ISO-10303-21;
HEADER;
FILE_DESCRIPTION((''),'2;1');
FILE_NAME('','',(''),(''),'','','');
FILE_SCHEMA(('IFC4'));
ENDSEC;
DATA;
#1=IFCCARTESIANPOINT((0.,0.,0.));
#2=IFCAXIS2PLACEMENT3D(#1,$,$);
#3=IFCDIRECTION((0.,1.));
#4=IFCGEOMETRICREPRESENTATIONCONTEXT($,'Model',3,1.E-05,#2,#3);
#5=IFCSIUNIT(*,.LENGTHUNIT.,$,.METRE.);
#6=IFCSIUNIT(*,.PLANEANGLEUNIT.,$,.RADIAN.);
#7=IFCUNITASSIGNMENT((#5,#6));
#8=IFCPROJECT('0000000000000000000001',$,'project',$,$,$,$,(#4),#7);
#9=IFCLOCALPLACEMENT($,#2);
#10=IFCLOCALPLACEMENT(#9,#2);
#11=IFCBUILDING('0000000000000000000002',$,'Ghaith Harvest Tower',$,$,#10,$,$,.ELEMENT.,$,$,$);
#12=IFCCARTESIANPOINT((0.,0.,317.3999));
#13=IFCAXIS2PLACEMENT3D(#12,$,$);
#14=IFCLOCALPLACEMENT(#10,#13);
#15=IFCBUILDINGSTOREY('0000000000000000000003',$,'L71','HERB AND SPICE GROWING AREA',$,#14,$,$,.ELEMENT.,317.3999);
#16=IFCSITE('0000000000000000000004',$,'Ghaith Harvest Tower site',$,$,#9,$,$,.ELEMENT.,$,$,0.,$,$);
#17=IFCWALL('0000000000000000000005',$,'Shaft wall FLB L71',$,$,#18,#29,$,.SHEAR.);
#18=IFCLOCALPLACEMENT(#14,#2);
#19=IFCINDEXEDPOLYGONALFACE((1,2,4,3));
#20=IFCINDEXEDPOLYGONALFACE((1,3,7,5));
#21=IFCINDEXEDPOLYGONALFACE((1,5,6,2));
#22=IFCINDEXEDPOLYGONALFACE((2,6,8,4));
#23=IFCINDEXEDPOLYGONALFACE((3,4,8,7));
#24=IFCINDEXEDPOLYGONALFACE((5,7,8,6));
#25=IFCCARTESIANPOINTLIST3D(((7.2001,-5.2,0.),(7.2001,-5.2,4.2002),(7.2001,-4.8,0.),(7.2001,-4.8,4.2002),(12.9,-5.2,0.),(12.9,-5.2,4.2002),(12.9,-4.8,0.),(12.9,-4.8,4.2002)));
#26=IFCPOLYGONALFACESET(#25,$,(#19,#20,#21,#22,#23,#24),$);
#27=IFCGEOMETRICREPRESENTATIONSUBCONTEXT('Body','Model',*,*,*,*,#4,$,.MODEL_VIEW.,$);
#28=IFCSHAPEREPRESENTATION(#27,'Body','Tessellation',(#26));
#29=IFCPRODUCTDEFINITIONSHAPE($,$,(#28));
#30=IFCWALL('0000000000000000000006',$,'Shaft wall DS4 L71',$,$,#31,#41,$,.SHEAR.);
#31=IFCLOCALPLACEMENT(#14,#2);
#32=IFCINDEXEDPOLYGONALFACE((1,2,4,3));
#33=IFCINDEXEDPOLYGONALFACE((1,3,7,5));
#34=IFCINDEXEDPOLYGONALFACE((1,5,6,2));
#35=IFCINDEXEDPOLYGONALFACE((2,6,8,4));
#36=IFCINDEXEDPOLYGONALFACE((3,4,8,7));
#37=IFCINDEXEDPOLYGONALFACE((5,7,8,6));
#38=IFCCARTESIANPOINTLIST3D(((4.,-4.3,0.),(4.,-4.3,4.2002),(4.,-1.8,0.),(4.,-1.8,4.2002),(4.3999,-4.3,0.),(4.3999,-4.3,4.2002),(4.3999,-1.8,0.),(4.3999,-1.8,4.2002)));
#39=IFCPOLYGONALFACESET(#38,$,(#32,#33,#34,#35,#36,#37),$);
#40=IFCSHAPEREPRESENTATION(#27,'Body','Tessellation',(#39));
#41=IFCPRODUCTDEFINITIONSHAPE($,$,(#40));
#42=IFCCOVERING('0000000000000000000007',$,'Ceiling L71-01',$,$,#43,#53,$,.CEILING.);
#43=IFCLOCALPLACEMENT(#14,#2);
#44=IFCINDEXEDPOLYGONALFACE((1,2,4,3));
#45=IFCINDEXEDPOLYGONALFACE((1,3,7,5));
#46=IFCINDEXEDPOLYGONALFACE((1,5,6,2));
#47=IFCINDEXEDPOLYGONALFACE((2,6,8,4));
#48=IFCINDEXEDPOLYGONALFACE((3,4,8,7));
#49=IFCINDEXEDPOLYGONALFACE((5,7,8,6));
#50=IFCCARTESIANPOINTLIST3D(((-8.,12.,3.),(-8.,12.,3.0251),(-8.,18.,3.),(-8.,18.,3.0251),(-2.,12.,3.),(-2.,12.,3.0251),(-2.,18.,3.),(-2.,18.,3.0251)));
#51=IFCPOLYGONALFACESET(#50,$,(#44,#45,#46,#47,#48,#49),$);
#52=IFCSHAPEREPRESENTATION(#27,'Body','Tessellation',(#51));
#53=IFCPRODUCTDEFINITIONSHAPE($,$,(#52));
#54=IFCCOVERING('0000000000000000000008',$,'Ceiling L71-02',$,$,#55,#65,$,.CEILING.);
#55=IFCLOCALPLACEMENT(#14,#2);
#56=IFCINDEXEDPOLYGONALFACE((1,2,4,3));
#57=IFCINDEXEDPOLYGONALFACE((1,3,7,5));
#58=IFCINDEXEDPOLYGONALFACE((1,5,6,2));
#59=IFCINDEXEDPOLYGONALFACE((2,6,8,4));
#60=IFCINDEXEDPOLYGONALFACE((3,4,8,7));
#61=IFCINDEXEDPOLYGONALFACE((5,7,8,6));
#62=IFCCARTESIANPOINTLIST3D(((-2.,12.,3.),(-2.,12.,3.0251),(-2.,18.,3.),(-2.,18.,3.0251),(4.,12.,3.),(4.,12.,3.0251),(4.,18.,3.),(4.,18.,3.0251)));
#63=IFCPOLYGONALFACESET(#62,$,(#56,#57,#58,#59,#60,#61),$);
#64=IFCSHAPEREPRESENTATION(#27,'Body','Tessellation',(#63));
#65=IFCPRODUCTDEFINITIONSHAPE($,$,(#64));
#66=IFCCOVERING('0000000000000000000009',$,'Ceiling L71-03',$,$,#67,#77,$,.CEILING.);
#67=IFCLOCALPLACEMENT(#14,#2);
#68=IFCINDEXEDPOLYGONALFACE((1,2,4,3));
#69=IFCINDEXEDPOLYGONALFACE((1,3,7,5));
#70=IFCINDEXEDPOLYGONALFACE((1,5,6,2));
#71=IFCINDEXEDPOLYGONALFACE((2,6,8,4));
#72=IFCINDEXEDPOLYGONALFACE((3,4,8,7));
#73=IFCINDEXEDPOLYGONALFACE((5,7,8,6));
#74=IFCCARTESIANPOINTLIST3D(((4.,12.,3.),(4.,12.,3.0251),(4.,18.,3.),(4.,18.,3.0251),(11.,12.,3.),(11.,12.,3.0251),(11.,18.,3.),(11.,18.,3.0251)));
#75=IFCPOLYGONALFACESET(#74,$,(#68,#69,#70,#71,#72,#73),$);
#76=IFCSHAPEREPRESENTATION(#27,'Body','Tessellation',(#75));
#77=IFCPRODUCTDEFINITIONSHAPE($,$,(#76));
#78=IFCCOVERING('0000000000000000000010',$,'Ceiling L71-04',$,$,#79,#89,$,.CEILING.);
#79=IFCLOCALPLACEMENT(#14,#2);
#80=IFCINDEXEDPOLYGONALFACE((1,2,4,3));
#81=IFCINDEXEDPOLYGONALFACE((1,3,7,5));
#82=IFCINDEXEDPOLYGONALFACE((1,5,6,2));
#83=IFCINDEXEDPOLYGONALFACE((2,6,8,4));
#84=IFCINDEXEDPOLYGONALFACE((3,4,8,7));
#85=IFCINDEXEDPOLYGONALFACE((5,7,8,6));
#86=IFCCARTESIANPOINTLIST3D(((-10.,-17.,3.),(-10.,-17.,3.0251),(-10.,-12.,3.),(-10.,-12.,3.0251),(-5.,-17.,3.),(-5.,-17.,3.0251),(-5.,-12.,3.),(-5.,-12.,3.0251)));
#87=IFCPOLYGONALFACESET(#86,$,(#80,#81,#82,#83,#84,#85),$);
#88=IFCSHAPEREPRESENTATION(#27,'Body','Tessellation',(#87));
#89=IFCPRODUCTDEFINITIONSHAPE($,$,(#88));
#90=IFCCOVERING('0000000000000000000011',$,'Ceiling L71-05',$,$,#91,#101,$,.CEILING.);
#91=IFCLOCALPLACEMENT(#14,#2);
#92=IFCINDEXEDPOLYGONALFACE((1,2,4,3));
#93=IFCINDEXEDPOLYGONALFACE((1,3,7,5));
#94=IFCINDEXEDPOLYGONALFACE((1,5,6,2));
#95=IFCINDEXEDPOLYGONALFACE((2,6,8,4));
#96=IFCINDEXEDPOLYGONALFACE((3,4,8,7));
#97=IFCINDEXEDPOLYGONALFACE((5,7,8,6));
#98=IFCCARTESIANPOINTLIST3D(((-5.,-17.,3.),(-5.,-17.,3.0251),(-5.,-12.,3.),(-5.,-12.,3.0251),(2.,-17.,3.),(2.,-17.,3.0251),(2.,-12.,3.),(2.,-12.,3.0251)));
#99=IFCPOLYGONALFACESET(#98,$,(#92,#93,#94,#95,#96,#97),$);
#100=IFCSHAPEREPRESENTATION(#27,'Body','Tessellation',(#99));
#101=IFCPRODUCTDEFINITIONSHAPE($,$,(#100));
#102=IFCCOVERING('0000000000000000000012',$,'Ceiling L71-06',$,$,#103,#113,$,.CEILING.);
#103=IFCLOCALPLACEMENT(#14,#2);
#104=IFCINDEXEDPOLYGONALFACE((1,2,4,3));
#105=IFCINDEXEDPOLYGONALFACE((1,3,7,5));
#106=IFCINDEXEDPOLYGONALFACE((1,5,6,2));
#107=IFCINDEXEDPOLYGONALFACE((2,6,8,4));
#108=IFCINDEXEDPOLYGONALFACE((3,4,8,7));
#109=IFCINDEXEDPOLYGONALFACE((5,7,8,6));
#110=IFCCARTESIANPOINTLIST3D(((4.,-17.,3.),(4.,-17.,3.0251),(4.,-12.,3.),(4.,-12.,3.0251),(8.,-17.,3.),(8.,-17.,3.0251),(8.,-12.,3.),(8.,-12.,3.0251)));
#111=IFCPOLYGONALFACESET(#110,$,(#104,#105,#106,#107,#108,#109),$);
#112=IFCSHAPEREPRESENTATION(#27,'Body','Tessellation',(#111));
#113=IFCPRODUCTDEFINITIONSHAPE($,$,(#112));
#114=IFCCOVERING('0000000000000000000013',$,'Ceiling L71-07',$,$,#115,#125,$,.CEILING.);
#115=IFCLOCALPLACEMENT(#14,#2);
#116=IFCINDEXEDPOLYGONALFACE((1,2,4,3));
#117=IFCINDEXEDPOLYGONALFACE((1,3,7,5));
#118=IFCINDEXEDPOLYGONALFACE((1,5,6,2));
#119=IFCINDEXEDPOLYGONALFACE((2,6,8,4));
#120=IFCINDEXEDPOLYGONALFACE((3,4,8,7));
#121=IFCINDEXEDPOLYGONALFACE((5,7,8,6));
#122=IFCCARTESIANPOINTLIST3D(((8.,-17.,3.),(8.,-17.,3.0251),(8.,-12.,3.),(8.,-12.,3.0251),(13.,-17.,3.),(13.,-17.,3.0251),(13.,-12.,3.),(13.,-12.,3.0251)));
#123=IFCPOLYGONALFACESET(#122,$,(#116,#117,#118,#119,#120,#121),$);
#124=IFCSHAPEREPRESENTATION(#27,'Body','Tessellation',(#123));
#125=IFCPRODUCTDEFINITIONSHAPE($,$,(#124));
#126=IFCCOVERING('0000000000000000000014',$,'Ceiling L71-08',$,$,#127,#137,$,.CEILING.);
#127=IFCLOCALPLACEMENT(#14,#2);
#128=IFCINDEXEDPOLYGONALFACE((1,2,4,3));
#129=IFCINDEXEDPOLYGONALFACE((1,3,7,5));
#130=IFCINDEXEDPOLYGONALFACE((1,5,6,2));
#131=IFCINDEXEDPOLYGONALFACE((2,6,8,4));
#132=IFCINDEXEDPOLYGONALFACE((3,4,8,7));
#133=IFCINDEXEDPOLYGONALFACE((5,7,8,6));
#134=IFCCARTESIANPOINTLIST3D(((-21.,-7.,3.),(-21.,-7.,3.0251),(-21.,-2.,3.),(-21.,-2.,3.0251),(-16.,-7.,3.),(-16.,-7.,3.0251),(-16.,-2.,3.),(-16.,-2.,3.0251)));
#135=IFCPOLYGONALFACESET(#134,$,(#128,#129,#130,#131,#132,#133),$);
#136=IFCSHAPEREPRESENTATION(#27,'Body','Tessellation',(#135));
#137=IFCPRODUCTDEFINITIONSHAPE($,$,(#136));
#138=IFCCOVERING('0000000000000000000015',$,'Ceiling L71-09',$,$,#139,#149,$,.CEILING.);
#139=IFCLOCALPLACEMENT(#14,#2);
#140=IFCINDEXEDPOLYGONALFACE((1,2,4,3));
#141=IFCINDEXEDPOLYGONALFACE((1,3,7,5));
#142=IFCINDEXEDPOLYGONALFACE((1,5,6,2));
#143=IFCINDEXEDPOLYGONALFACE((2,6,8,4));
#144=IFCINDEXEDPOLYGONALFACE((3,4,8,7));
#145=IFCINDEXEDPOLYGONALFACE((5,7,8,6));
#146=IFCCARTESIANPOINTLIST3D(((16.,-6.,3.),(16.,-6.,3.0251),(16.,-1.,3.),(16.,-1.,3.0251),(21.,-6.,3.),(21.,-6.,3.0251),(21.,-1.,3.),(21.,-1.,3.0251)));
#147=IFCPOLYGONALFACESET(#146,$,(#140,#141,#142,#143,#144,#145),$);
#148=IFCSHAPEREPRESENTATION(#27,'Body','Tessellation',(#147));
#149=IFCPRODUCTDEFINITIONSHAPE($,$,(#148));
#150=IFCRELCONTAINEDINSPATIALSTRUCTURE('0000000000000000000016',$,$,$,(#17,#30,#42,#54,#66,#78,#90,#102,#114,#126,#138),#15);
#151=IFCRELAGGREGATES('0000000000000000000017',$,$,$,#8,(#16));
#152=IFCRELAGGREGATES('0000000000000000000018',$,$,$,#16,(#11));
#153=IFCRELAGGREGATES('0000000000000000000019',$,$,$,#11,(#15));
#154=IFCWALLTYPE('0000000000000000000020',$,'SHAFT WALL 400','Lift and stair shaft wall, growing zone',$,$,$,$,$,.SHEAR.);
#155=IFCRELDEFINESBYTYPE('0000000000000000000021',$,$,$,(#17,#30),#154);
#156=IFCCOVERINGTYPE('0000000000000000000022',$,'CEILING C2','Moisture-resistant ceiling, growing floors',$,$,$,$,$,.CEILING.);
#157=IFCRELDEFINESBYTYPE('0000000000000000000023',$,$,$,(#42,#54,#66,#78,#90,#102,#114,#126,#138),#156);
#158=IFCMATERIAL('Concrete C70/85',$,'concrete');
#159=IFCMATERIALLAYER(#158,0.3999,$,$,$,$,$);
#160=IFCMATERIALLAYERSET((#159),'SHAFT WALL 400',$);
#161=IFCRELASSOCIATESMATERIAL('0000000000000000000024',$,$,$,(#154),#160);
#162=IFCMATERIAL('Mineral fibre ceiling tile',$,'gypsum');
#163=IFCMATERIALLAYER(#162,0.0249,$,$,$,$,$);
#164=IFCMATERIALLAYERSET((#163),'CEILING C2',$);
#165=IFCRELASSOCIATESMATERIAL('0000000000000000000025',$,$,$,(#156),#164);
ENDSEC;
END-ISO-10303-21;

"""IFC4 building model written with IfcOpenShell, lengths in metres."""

from ifc_helpers import new_model, si_unit, direction, frame, frame_2d, origin, place, context, subcontext, project, spatial, polyline, rectangle, outline, extrude, material, layer, layer_set, type_object, element, save


model = new_model("IFC4")

# Units and contexts
model_context = context("Model", 3, precision=1e-05, world=origin(), true_north=direction((0.0, 1.0)))
body_context = subcontext(model_context, "Body", "Model", "MODEL_VIEW")
ifc_project = project(units=[si_unit("LENGTHUNIT", "METRE"), si_unit("PLANEANGLEUNIT", "RADIAN")], contexts=[model_context])

# Site, building, storey
site_placement = place(None, origin())
site = spatial("IfcSite", under=ifc_project, at=site_placement, Name="Ghaith Harvest Tower site", CompositionType="ELEMENT", RefElevation=0.0)
building_placement = place(site_placement, origin())
building = spatial("IfcBuilding", under=site, at=building_placement, Name="Ghaith Harvest Tower", CompositionType="ELEMENT")
storey_placement = place(building_placement, frame((0.0, 0.0, 317.3999)))
storey = spatial("IfcBuildingStorey", under=building, at=storey_placement, Name="L71", Description="HERB AND SPICE GROWING AREA", CompositionType="ELEMENT", Elevation=317.3999)

# Shared definitions
ifc_material_1 = material(Name="Concrete C70/85", Category="concrete")
ifc_layer_1 = layer(ifc_material_1, 0.3999)
ifc_layer_set_1 = layer_set([ifc_layer_1], Name="SHAFT WALL 400")
wall_type_1 = type_object("IfcWallType", Name="SHAFT WALL 400", Description="Lift and stair shaft wall, growing zone", PredefinedType="SHEAR", material=ifc_layer_set_1)

# Walls
wall_1_placement = place(storey_placement, frame((7.2, -5.0, 0.0), z_axis=(0.0, 0.0, 1.0), x_axis=(1.0, 0.0, 0.0)))
element("IfcWall", 1, at=wall_1_placement, inside=storey, type_object=wall_type_1, Name="Shaft wall FLB L71", PredefinedType="SHEAR", context=body_context, shape_type="SweptSolid", body=[
    extrude(rectangle(XDim=5.7, YDim=0.3999, at=frame_2d((2.8501, 0.0))), origin(), (0.0, 0.0, 1.0), 4.2002),
])
wall_2_placement = place(storey_placement, frame((4.2, -4.3, 0.0), z_axis=(0.0, 0.0, 1.0), x_axis=(0.0, 1.0, 0.0)))
element("IfcWall", 2, at=wall_2_placement, inside=storey, type_object=wall_type_1, Name="Shaft wall DS4 L71", PredefinedType="SHEAR", context=body_context, shape_type="SweptSolid", body=[
    extrude(rectangle(XDim=2.5, YDim=0.3999, at=frame_2d((1.25, 0.0))), origin(), (0.0, 0.0, 1.0), 4.2002),
])

# Coverings
ifc_material_2 = material(Name="Mineral fibre ceiling tile", Category="gypsum")
ifc_layer_2 = layer(ifc_material_2, 0.0249)
ifc_layer_set_2 = layer_set([ifc_layer_2], Name="CEILING C2")
covering_type = type_object("IfcCoveringType", Name="CEILING C2", Description="Moisture-resistant ceiling, growing floors", PredefinedType="CEILING", material=ifc_layer_set_2)
covering_1_placement = place(storey_placement, frame((0.0, 0.0, 3.0)))
element("IfcCovering", 3, at=covering_1_placement, inside=storey, type_object=covering_type, Name="Ceiling L71-01", PredefinedType="CEILING", context=body_context, shape_type="SweptSolid", body=[
    extrude(outline(polyline([(-8.0, 12.0), (-2.0, 12.0), (-2.0, 18.0), (-8.0, 18.0), (-8.0, 12.0)])), origin(), (0.0, 0.0, 1.0), 0.0251),
])
covering_2_placement = place(storey_placement, frame((0.0, 0.0, 3.0)))
element("IfcCovering", 4, at=covering_2_placement, inside=storey, type_object=covering_type, Name="Ceiling L71-02", PredefinedType="CEILING", context=body_context, shape_type="SweptSolid", body=[
    extrude(outline(polyline([(-2.0, 12.0), (4.0, 12.0), (4.0, 18.0), (-2.0, 18.0), (-2.0, 12.0)])), origin(), (0.0, 0.0, 1.0), 0.0251),
])
covering_3_placement = place(storey_placement, frame((0.0, 0.0, 3.0)))
element("IfcCovering", 5, at=covering_3_placement, inside=storey, type_object=covering_type, Name="Ceiling L71-03", PredefinedType="CEILING", context=body_context, shape_type="SweptSolid", body=[
    extrude(outline(polyline([(4.0, 12.0), (11.0, 12.0), (11.0, 18.0), (4.0, 18.0), (4.0, 12.0)])), origin(), (0.0, 0.0, 1.0), 0.0251),
])
covering_4_placement = place(storey_placement, frame((0.0, 0.0, 3.0)))
element("IfcCovering", 6, at=covering_4_placement, inside=storey, type_object=covering_type, Name="Ceiling L71-04", PredefinedType="CEILING", context=body_context, shape_type="SweptSolid", body=[
    extrude(outline(polyline([(-10.0, -17.0), (-5.0, -17.0), (-5.0, -12.0), (-10.0, -12.0), (-10.0, -17.0)])), origin(), (0.0, 0.0, 1.0), 0.0251),
])
covering_5_placement = place(storey_placement, frame((0.0, 0.0, 3.0)))
element("IfcCovering", 7, at=covering_5_placement, inside=storey, type_object=covering_type, Name="Ceiling L71-05", PredefinedType="CEILING", context=body_context, shape_type="SweptSolid", body=[
    extrude(outline(polyline([(-5.0, -17.0), (2.0, -17.0), (2.0, -12.0), (-5.0, -12.0), (-5.0, -17.0)])), origin(), (0.0, 0.0, 1.0), 0.0251),
])
covering_6_placement = place(storey_placement, frame((0.0, 0.0, 3.0)))
element("IfcCovering", 8, at=covering_6_placement, inside=storey, type_object=covering_type, Name="Ceiling L71-06", PredefinedType="CEILING", context=body_context, shape_type="SweptSolid", body=[
    extrude(outline(polyline([(4.0, -17.0), (8.0, -17.0), (8.0, -12.0), (4.0, -12.0), (4.0, -17.0)])), origin(), (0.0, 0.0, 1.0), 0.0251),
])
covering_7_placement = place(storey_placement, frame((0.0, 0.0, 3.0)))
element("IfcCovering", 9, at=covering_7_placement, inside=storey, type_object=covering_type, Name="Ceiling L71-07", PredefinedType="CEILING", context=body_context, shape_type="SweptSolid", body=[
    extrude(outline(polyline([(8.0, -17.0), (13.0, -17.0), (13.0, -12.0), (8.0, -12.0), (8.0, -17.0)])), origin(), (0.0, 0.0, 1.0), 0.0251),
])
covering_8_placement = place(storey_placement, frame((0.0, 0.0, 3.0)))
element("IfcCovering", 10, at=covering_8_placement, inside=storey, type_object=covering_type, Name="Ceiling L71-08", PredefinedType="CEILING", context=body_context, shape_type="SweptSolid", body=[
    extrude(outline(polyline([(-21.0, -7.0), (-16.0, -7.0), (-16.0, -2.0), (-21.0, -2.0), (-21.0, -7.0)])), origin(), (0.0, 0.0, 1.0), 0.0251),
])
covering_9_placement = place(storey_placement, frame((0.0, 0.0, 3.0)))
element("IfcCovering", 11, at=covering_9_placement, inside=storey, type_object=covering_type, Name="Ceiling L71-09", PredefinedType="CEILING", context=body_context, shape_type="SweptSolid", body=[
    extrude(outline(polyline([(16.0, -6.0), (21.0, -6.0), (21.0, -1.0), (16.0, -1.0), (16.0, -6.0)])), origin(), (0.0, 0.0, 1.0), 0.0251),
])

save(model, "model.ifc")
